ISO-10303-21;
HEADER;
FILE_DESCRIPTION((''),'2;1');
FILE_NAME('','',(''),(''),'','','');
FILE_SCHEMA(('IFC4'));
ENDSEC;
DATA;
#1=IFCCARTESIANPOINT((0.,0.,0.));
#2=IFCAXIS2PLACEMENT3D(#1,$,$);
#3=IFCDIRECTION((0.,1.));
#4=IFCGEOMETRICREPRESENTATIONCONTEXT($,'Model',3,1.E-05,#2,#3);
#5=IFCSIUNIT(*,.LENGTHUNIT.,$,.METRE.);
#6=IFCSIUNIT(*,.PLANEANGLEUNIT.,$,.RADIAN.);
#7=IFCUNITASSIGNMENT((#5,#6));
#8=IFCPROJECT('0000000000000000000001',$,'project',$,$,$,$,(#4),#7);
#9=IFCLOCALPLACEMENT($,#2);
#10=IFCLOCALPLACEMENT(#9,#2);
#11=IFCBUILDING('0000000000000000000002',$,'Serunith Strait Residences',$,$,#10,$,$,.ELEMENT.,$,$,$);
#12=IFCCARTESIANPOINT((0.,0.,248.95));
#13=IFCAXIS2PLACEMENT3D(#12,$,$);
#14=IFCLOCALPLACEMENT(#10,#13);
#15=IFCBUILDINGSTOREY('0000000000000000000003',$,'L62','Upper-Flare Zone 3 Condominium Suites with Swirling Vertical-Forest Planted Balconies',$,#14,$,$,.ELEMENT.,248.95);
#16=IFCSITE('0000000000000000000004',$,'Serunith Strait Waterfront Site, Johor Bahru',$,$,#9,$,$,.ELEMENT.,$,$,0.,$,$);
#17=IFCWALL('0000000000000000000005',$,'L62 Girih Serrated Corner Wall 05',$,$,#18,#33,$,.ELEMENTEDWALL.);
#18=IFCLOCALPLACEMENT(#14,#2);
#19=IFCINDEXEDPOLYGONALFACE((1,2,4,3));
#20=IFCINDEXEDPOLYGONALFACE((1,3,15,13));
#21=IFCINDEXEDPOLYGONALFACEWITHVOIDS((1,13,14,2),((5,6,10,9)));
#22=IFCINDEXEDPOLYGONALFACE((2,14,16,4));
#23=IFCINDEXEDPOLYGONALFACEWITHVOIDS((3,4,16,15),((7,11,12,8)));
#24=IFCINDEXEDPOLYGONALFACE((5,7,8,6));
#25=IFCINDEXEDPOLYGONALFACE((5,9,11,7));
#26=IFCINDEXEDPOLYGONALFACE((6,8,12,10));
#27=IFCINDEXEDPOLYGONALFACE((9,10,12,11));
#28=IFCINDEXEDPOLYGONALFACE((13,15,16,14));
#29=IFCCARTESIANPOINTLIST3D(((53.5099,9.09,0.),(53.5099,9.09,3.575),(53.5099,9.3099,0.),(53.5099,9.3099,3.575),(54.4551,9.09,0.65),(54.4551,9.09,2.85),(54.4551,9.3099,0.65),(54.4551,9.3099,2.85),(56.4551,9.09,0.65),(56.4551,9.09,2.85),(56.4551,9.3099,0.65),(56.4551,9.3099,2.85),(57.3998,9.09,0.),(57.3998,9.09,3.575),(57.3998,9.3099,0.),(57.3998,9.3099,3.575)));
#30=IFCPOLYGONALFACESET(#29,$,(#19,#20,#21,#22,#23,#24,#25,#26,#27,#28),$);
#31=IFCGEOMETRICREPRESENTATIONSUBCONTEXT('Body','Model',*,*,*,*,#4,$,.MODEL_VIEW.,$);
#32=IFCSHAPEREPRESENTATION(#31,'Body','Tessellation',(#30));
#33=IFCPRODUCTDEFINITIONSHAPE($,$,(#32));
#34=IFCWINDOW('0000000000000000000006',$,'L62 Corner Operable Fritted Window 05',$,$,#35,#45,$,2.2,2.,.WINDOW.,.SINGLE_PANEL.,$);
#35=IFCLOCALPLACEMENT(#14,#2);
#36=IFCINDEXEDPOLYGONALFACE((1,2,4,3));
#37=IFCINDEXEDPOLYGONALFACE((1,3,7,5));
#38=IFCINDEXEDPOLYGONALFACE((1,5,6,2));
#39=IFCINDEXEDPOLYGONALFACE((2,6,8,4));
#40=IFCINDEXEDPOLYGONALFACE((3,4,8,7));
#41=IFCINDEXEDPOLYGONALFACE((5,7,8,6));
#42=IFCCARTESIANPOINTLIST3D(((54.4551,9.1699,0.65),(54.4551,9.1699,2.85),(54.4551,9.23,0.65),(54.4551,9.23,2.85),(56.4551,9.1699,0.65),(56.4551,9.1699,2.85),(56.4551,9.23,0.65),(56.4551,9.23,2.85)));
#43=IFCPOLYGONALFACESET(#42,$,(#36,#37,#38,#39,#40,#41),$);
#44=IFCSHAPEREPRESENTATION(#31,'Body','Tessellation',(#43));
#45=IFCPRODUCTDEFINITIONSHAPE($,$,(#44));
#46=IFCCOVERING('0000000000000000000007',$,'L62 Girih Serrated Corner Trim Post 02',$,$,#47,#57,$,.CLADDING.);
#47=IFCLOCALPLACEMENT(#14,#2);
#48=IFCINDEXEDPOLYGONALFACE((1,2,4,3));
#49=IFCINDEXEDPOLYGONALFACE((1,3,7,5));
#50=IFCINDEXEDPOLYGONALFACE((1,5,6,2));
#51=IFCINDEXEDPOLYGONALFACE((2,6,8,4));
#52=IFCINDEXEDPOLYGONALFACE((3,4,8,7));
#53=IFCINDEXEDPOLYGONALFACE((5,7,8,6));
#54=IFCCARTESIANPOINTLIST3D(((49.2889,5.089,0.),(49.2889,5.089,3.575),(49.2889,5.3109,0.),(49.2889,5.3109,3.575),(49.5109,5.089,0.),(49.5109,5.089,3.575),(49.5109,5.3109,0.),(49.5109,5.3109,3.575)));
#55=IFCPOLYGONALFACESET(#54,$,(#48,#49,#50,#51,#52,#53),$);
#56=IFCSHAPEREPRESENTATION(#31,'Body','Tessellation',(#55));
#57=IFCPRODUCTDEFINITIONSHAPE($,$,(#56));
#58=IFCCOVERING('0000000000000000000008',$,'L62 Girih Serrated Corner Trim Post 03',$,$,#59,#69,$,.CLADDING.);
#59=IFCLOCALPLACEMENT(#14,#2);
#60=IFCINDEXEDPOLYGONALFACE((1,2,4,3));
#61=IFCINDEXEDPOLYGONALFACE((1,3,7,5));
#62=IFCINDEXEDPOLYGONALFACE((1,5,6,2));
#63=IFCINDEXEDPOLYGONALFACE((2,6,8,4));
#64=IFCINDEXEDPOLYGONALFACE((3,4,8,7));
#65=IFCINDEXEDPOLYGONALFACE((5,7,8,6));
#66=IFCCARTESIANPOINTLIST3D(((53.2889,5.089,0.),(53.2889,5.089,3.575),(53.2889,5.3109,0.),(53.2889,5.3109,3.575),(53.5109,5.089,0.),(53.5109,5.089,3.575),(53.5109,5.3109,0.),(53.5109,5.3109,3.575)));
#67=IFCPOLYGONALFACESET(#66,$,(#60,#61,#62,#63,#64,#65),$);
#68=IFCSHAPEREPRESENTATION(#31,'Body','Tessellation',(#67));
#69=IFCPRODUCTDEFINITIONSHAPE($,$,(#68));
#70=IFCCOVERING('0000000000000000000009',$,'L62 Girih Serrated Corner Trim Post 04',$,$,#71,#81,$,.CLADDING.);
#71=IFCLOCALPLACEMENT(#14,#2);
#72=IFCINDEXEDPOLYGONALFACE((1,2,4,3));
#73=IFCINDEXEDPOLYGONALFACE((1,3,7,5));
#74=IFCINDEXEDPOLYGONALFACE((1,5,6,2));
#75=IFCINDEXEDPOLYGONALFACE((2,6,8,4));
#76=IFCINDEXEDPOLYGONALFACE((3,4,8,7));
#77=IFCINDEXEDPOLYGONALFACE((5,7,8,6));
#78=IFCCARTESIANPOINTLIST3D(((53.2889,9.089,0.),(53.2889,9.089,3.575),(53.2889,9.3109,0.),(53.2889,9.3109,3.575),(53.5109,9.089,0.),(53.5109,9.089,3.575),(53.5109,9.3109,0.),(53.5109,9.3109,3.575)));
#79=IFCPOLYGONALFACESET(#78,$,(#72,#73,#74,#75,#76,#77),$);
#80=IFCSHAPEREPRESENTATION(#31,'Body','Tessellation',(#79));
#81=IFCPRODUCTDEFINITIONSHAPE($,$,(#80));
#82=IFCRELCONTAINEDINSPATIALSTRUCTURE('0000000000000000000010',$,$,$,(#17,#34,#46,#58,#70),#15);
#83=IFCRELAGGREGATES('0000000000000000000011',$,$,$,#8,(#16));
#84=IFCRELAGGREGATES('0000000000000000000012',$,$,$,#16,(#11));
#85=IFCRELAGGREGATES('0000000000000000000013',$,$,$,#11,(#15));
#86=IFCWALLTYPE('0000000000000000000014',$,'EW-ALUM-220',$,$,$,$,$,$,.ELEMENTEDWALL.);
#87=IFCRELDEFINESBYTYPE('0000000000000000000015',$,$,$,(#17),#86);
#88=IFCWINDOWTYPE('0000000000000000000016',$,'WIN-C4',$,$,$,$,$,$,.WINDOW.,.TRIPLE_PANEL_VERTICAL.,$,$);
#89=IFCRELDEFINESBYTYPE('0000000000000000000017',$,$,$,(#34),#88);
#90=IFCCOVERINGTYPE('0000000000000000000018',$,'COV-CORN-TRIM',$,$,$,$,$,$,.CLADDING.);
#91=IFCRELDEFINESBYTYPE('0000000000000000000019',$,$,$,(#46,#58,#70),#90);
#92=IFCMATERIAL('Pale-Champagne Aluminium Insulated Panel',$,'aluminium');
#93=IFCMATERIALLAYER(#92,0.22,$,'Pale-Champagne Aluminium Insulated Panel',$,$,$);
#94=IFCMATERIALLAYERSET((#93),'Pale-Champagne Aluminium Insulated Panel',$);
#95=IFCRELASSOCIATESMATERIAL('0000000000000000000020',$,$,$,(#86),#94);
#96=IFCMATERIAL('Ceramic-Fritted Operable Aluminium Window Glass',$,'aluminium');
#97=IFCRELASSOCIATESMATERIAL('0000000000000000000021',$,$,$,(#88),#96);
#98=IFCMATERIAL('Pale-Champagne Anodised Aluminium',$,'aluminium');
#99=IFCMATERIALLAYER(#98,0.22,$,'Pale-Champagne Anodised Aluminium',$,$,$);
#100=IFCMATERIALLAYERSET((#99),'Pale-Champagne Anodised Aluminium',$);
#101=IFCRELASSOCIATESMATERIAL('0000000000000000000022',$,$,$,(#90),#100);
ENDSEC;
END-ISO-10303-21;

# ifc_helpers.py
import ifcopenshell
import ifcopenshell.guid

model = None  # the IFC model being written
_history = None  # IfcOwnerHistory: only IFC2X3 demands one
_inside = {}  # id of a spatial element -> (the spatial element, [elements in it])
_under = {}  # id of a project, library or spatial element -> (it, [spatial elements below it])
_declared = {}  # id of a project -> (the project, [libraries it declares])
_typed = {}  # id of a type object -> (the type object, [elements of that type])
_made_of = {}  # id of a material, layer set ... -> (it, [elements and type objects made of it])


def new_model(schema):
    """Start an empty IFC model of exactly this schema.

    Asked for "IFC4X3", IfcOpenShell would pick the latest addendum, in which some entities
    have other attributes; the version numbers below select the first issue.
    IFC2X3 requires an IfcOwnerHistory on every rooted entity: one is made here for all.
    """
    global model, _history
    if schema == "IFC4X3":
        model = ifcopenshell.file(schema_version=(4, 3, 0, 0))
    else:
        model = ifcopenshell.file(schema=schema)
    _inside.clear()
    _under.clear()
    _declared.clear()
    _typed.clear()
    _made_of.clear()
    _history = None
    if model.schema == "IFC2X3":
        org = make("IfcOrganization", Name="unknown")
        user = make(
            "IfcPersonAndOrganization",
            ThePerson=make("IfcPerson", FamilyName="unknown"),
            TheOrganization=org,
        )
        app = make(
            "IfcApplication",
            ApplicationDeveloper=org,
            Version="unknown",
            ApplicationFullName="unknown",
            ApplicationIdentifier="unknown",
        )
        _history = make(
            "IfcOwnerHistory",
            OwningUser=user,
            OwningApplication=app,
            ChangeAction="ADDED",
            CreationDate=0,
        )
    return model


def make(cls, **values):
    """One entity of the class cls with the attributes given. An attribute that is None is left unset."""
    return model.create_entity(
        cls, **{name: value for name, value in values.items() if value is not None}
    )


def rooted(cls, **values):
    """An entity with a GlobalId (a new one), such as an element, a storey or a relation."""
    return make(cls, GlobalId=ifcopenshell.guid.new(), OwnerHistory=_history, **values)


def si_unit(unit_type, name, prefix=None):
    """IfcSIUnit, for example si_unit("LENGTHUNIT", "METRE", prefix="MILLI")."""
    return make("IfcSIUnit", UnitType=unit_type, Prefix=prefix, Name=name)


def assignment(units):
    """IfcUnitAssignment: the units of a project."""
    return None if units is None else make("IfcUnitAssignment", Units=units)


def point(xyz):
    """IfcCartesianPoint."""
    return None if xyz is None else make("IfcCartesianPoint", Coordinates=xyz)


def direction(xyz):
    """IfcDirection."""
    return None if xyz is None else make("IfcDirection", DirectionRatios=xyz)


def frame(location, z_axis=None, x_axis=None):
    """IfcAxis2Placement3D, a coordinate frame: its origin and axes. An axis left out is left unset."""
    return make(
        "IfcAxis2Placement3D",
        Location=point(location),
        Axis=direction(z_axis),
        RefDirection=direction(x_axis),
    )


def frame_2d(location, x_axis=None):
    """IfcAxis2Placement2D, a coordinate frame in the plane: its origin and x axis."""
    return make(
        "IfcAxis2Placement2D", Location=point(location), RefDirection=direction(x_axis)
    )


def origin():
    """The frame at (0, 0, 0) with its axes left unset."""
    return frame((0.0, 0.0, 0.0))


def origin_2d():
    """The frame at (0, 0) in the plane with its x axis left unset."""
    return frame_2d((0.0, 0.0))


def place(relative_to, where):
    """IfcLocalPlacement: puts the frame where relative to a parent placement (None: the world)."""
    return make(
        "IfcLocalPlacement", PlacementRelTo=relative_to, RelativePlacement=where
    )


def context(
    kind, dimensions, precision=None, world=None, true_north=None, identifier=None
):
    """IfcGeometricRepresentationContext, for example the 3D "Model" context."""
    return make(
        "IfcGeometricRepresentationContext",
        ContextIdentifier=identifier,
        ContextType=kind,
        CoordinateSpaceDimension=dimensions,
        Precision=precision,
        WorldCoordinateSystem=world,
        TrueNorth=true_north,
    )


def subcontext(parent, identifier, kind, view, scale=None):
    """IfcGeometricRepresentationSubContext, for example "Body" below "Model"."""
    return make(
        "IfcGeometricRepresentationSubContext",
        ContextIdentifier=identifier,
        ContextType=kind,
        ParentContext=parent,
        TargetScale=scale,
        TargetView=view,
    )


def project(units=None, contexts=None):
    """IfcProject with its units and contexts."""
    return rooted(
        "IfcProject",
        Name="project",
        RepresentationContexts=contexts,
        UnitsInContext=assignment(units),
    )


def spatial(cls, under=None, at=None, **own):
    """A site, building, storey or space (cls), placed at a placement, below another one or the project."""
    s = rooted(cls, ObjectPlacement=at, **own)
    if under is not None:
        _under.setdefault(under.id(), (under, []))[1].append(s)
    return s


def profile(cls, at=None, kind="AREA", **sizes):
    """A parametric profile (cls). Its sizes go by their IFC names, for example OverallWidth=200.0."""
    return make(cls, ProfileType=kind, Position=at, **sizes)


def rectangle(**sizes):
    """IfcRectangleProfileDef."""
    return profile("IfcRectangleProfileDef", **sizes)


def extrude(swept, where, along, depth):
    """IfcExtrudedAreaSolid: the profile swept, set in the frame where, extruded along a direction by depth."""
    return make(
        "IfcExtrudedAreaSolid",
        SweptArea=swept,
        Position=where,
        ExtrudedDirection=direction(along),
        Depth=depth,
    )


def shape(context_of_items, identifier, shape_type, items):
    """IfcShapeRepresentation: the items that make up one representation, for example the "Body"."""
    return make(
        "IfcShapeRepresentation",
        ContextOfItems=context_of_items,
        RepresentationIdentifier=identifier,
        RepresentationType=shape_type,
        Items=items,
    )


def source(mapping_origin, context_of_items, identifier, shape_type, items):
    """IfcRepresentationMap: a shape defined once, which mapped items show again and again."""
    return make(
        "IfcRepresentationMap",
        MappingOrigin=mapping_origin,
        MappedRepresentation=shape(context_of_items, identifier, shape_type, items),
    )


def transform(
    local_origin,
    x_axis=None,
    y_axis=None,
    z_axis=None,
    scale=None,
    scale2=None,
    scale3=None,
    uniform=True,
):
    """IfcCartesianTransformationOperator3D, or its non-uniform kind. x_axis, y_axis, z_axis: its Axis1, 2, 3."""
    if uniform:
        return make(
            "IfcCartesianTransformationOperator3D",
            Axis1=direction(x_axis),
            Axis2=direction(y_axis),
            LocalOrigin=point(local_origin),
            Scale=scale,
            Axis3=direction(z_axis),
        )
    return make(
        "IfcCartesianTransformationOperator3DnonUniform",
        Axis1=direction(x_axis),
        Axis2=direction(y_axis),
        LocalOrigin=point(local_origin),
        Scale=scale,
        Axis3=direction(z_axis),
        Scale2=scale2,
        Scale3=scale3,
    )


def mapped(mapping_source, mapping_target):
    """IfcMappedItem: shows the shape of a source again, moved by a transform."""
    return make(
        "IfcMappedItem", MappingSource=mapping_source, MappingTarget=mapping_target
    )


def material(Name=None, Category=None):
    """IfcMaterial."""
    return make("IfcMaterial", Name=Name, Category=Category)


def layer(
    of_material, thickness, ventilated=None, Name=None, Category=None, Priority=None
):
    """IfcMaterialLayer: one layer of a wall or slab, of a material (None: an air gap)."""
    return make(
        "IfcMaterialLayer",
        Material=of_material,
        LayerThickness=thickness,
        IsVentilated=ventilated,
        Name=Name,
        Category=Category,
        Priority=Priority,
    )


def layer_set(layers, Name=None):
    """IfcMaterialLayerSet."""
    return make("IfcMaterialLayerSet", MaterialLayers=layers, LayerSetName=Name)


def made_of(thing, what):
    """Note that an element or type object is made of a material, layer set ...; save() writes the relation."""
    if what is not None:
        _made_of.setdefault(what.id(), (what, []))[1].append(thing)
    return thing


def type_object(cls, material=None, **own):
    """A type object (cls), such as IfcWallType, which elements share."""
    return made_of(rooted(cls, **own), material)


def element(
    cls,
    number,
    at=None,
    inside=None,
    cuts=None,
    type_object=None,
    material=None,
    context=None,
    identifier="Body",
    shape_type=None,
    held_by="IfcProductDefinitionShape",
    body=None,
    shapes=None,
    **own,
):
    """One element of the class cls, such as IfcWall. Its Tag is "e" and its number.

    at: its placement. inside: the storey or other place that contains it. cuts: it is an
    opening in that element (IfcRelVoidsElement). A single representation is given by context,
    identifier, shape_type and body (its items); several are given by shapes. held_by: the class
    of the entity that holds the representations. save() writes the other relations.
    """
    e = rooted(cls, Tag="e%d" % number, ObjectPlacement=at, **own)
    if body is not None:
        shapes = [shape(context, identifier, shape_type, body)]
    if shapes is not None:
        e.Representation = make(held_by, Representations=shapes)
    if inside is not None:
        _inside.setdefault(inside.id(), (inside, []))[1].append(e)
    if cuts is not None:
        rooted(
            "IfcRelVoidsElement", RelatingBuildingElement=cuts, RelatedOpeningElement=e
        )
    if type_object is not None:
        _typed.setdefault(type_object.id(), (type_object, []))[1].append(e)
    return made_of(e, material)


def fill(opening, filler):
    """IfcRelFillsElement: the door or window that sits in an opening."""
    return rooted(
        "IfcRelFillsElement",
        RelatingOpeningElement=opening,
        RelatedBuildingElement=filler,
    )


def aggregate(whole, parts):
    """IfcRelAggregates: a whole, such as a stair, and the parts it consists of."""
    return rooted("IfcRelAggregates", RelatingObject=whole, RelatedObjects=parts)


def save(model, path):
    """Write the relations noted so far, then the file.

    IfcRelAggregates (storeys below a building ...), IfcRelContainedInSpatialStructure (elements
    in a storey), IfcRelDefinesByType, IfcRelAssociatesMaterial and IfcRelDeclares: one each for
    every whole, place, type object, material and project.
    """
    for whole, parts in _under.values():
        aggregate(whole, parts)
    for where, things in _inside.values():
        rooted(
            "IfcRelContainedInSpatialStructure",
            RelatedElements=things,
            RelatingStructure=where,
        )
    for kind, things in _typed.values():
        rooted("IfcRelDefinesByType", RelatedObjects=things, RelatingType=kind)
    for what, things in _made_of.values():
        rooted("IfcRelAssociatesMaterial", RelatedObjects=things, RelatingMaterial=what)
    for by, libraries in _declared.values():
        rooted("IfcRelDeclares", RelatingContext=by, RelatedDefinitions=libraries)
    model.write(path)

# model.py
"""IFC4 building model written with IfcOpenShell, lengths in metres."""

from ifc_helpers import new_model, si_unit, direction, frame, frame_2d, origin, origin_2d, place, context, subcontext, project, spatial, rectangle, extrude, source, transform, mapped, material, layer, layer_set, type_object, element, fill, save


model = new_model("IFC4")

# Units and contexts
model_context = context("Model", 3, precision=1e-05, world=origin(), true_north=direction((0.0, 1.0)))
body_context = subcontext(model_context, "Body", "Model", "MODEL_VIEW")
ifc_project = project(units=[si_unit("LENGTHUNIT", "METRE"), si_unit("PLANEANGLEUNIT", "RADIAN")], contexts=[model_context])

# Site, building, storey
site_placement = place(None, origin())
site = spatial("IfcSite", under=ifc_project, at=site_placement, Name="Serunith Strait Waterfront Site, Johor Bahru", CompositionType="ELEMENT", RefElevation=0.0)
building_placement = place(site_placement, origin())
building = spatial("IfcBuilding", under=site, at=building_placement, Name="Serunith Strait Residences", CompositionType="ELEMENT")
storey_placement = place(building_placement, frame((0.0, 0.0, 248.95)))
storey = spatial("IfcBuildingStorey", under=building, at=storey_placement, Name="L62", Description="Upper-Flare Zone 3 Condominium Suites with Swirling Vertical-Forest Planted Balconies", CompositionType="ELEMENT", Elevation=248.95)

# Shared definitions
ifc_material_1 = material(Name="Pale-Champagne Anodised Aluminium", Category="aluminium")

# Wall, opening, window
ifc_material_2 = material(Name="Pale-Champagne Aluminium Insulated Panel", Category="aluminium")
ifc_layer_1 = layer(ifc_material_2, 0.22, Name="Pale-Champagne Aluminium Insulated Panel")
ifc_layer_set_1 = layer_set([ifc_layer_1], Name="Pale-Champagne Aluminium Insulated Panel")
wall_type = type_object("IfcWallType", Name="EW-ALUM-220", PredefinedType="ELEMENTEDWALL", material=ifc_layer_set_1)
ifc_material_3 = material(Name="Ceramic-Fritted Operable Aluminium Window Glass", Category="aluminium")
window_type = type_object("IfcWindowType", Name="WIN-C4", PartitioningType="TRIPLE_PANEL_VERTICAL", PredefinedType="WINDOW", material=ifc_material_3)
shared_shape_1 = source(origin(), body_context, "Body", "SweptSolid", [
    extrude(rectangle(XDim=2.0, YDim=2.2, at=frame_2d((1.0, 1.1001))), frame((0.0, 0.03, 0.0), z_axis=(0.0, -1.0, 0.0), x_axis=(1.0, 0.0, 0.0)), (0.0, 0.0, 1.0), 0.0601),
])
wall_1_placement = place(storey_placement, frame((53.51, 9.2, 0.0), z_axis=(0.0, 0.0, 1.0), x_axis=(1.0, 0.0, 0.0)))
wall_1 = element("IfcWall", 1, at=wall_1_placement, inside=storey, type_object=wall_type, Name="L62 Girih Serrated Corner Wall 05", PredefinedType="ELEMENTEDWALL", context=body_context, shape_type="SweptSolid", body=[
    extrude(rectangle(XDim=3.8899, YDim=0.22, at=frame_2d((1.9448, 0.0))), origin(), (0.0, 0.0, 1.0), 3.575),
])
opening_1_placement = place(wall_1_placement, frame((0.9451, 0.0, 0.6499)))
opening_1 = element("IfcOpeningElement", 2, at=opening_1_placement, cuts=wall_1, PredefinedType="OPENING", context=body_context, shape_type="SweptSolid", body=[
    extrude(rectangle(XDim=2.0, YDim=2.2, at=frame_2d((1.0, 1.1001))), frame((0.0, 0.1201, 0.0), z_axis=(0.0, -1.0, 0.0), x_axis=(1.0, 0.0, 0.0)), (0.0, 0.0, 1.0), 0.24),
])
window_1_placement = place(opening_1_placement, origin())
window_1 = element("IfcWindow", 3, at=window_1_placement, inside=storey, type_object=window_type, Name="L62 Corner Operable Fritted Window 05", OverallHeight=2.2, OverallWidth=2.0, PartitioningType="SINGLE_PANEL", PredefinedType="WINDOW", context=body_context, shape_type="MappedRepresentation", body=[
    mapped(shared_shape_1, transform((0.0, 0.0, 0.0), scale=1.0)),
])
fill(opening_1, window_1)

# Coverings
ifc_layer_2 = layer(ifc_material_1, 0.22, Name="Pale-Champagne Anodised Aluminium")
ifc_layer_set_2 = layer_set([ifc_layer_2], Name="Pale-Champagne Anodised Aluminium")
covering_type = type_object("IfcCoveringType", Name="COV-CORN-TRIM", PredefinedType="CLADDING", material=ifc_layer_set_2)
shared_shape_2 = source(origin(), body_context, "Body", "SweptSolid", [
    extrude(rectangle(XDim=0.2219, YDim=0.2219, at=origin_2d()), origin(), (0.0, 0.0, 1.0), 3.575),
])
for number, where, z_axis, x_axis, name in (
    (4, (49.3999, 5.2, 0.0), (0.0, 0.0, 1.0), (1.0, 0.0, 0.0), "L62 Girih Serrated Corner Trim Post 02"),
    (5, (53.3999, 5.2, 0.0), (0.0, 0.0, 1.0), (1.0, 0.0, 0.0), "L62 Girih Serrated Corner Trim Post 03"),
    (6, (53.3999, 9.2, 0.0), (0.0, 0.0, 1.0), (1.0, 0.0, 0.0), "L62 Girih Serrated Corner Trim Post 04"),
):
    element("IfcCovering", number, at=place(storey_placement, frame(where, z_axis=z_axis, x_axis=x_axis)), inside=storey, type_object=covering_type, Name=name, PredefinedType="CLADDING", context=body_context, shape_type="MappedRepresentation", body=[
        mapped(shared_shape_2, transform((0.0, 0.0, 0.0), scale=1.0)),
    ])

save(model, "model.ifc")
